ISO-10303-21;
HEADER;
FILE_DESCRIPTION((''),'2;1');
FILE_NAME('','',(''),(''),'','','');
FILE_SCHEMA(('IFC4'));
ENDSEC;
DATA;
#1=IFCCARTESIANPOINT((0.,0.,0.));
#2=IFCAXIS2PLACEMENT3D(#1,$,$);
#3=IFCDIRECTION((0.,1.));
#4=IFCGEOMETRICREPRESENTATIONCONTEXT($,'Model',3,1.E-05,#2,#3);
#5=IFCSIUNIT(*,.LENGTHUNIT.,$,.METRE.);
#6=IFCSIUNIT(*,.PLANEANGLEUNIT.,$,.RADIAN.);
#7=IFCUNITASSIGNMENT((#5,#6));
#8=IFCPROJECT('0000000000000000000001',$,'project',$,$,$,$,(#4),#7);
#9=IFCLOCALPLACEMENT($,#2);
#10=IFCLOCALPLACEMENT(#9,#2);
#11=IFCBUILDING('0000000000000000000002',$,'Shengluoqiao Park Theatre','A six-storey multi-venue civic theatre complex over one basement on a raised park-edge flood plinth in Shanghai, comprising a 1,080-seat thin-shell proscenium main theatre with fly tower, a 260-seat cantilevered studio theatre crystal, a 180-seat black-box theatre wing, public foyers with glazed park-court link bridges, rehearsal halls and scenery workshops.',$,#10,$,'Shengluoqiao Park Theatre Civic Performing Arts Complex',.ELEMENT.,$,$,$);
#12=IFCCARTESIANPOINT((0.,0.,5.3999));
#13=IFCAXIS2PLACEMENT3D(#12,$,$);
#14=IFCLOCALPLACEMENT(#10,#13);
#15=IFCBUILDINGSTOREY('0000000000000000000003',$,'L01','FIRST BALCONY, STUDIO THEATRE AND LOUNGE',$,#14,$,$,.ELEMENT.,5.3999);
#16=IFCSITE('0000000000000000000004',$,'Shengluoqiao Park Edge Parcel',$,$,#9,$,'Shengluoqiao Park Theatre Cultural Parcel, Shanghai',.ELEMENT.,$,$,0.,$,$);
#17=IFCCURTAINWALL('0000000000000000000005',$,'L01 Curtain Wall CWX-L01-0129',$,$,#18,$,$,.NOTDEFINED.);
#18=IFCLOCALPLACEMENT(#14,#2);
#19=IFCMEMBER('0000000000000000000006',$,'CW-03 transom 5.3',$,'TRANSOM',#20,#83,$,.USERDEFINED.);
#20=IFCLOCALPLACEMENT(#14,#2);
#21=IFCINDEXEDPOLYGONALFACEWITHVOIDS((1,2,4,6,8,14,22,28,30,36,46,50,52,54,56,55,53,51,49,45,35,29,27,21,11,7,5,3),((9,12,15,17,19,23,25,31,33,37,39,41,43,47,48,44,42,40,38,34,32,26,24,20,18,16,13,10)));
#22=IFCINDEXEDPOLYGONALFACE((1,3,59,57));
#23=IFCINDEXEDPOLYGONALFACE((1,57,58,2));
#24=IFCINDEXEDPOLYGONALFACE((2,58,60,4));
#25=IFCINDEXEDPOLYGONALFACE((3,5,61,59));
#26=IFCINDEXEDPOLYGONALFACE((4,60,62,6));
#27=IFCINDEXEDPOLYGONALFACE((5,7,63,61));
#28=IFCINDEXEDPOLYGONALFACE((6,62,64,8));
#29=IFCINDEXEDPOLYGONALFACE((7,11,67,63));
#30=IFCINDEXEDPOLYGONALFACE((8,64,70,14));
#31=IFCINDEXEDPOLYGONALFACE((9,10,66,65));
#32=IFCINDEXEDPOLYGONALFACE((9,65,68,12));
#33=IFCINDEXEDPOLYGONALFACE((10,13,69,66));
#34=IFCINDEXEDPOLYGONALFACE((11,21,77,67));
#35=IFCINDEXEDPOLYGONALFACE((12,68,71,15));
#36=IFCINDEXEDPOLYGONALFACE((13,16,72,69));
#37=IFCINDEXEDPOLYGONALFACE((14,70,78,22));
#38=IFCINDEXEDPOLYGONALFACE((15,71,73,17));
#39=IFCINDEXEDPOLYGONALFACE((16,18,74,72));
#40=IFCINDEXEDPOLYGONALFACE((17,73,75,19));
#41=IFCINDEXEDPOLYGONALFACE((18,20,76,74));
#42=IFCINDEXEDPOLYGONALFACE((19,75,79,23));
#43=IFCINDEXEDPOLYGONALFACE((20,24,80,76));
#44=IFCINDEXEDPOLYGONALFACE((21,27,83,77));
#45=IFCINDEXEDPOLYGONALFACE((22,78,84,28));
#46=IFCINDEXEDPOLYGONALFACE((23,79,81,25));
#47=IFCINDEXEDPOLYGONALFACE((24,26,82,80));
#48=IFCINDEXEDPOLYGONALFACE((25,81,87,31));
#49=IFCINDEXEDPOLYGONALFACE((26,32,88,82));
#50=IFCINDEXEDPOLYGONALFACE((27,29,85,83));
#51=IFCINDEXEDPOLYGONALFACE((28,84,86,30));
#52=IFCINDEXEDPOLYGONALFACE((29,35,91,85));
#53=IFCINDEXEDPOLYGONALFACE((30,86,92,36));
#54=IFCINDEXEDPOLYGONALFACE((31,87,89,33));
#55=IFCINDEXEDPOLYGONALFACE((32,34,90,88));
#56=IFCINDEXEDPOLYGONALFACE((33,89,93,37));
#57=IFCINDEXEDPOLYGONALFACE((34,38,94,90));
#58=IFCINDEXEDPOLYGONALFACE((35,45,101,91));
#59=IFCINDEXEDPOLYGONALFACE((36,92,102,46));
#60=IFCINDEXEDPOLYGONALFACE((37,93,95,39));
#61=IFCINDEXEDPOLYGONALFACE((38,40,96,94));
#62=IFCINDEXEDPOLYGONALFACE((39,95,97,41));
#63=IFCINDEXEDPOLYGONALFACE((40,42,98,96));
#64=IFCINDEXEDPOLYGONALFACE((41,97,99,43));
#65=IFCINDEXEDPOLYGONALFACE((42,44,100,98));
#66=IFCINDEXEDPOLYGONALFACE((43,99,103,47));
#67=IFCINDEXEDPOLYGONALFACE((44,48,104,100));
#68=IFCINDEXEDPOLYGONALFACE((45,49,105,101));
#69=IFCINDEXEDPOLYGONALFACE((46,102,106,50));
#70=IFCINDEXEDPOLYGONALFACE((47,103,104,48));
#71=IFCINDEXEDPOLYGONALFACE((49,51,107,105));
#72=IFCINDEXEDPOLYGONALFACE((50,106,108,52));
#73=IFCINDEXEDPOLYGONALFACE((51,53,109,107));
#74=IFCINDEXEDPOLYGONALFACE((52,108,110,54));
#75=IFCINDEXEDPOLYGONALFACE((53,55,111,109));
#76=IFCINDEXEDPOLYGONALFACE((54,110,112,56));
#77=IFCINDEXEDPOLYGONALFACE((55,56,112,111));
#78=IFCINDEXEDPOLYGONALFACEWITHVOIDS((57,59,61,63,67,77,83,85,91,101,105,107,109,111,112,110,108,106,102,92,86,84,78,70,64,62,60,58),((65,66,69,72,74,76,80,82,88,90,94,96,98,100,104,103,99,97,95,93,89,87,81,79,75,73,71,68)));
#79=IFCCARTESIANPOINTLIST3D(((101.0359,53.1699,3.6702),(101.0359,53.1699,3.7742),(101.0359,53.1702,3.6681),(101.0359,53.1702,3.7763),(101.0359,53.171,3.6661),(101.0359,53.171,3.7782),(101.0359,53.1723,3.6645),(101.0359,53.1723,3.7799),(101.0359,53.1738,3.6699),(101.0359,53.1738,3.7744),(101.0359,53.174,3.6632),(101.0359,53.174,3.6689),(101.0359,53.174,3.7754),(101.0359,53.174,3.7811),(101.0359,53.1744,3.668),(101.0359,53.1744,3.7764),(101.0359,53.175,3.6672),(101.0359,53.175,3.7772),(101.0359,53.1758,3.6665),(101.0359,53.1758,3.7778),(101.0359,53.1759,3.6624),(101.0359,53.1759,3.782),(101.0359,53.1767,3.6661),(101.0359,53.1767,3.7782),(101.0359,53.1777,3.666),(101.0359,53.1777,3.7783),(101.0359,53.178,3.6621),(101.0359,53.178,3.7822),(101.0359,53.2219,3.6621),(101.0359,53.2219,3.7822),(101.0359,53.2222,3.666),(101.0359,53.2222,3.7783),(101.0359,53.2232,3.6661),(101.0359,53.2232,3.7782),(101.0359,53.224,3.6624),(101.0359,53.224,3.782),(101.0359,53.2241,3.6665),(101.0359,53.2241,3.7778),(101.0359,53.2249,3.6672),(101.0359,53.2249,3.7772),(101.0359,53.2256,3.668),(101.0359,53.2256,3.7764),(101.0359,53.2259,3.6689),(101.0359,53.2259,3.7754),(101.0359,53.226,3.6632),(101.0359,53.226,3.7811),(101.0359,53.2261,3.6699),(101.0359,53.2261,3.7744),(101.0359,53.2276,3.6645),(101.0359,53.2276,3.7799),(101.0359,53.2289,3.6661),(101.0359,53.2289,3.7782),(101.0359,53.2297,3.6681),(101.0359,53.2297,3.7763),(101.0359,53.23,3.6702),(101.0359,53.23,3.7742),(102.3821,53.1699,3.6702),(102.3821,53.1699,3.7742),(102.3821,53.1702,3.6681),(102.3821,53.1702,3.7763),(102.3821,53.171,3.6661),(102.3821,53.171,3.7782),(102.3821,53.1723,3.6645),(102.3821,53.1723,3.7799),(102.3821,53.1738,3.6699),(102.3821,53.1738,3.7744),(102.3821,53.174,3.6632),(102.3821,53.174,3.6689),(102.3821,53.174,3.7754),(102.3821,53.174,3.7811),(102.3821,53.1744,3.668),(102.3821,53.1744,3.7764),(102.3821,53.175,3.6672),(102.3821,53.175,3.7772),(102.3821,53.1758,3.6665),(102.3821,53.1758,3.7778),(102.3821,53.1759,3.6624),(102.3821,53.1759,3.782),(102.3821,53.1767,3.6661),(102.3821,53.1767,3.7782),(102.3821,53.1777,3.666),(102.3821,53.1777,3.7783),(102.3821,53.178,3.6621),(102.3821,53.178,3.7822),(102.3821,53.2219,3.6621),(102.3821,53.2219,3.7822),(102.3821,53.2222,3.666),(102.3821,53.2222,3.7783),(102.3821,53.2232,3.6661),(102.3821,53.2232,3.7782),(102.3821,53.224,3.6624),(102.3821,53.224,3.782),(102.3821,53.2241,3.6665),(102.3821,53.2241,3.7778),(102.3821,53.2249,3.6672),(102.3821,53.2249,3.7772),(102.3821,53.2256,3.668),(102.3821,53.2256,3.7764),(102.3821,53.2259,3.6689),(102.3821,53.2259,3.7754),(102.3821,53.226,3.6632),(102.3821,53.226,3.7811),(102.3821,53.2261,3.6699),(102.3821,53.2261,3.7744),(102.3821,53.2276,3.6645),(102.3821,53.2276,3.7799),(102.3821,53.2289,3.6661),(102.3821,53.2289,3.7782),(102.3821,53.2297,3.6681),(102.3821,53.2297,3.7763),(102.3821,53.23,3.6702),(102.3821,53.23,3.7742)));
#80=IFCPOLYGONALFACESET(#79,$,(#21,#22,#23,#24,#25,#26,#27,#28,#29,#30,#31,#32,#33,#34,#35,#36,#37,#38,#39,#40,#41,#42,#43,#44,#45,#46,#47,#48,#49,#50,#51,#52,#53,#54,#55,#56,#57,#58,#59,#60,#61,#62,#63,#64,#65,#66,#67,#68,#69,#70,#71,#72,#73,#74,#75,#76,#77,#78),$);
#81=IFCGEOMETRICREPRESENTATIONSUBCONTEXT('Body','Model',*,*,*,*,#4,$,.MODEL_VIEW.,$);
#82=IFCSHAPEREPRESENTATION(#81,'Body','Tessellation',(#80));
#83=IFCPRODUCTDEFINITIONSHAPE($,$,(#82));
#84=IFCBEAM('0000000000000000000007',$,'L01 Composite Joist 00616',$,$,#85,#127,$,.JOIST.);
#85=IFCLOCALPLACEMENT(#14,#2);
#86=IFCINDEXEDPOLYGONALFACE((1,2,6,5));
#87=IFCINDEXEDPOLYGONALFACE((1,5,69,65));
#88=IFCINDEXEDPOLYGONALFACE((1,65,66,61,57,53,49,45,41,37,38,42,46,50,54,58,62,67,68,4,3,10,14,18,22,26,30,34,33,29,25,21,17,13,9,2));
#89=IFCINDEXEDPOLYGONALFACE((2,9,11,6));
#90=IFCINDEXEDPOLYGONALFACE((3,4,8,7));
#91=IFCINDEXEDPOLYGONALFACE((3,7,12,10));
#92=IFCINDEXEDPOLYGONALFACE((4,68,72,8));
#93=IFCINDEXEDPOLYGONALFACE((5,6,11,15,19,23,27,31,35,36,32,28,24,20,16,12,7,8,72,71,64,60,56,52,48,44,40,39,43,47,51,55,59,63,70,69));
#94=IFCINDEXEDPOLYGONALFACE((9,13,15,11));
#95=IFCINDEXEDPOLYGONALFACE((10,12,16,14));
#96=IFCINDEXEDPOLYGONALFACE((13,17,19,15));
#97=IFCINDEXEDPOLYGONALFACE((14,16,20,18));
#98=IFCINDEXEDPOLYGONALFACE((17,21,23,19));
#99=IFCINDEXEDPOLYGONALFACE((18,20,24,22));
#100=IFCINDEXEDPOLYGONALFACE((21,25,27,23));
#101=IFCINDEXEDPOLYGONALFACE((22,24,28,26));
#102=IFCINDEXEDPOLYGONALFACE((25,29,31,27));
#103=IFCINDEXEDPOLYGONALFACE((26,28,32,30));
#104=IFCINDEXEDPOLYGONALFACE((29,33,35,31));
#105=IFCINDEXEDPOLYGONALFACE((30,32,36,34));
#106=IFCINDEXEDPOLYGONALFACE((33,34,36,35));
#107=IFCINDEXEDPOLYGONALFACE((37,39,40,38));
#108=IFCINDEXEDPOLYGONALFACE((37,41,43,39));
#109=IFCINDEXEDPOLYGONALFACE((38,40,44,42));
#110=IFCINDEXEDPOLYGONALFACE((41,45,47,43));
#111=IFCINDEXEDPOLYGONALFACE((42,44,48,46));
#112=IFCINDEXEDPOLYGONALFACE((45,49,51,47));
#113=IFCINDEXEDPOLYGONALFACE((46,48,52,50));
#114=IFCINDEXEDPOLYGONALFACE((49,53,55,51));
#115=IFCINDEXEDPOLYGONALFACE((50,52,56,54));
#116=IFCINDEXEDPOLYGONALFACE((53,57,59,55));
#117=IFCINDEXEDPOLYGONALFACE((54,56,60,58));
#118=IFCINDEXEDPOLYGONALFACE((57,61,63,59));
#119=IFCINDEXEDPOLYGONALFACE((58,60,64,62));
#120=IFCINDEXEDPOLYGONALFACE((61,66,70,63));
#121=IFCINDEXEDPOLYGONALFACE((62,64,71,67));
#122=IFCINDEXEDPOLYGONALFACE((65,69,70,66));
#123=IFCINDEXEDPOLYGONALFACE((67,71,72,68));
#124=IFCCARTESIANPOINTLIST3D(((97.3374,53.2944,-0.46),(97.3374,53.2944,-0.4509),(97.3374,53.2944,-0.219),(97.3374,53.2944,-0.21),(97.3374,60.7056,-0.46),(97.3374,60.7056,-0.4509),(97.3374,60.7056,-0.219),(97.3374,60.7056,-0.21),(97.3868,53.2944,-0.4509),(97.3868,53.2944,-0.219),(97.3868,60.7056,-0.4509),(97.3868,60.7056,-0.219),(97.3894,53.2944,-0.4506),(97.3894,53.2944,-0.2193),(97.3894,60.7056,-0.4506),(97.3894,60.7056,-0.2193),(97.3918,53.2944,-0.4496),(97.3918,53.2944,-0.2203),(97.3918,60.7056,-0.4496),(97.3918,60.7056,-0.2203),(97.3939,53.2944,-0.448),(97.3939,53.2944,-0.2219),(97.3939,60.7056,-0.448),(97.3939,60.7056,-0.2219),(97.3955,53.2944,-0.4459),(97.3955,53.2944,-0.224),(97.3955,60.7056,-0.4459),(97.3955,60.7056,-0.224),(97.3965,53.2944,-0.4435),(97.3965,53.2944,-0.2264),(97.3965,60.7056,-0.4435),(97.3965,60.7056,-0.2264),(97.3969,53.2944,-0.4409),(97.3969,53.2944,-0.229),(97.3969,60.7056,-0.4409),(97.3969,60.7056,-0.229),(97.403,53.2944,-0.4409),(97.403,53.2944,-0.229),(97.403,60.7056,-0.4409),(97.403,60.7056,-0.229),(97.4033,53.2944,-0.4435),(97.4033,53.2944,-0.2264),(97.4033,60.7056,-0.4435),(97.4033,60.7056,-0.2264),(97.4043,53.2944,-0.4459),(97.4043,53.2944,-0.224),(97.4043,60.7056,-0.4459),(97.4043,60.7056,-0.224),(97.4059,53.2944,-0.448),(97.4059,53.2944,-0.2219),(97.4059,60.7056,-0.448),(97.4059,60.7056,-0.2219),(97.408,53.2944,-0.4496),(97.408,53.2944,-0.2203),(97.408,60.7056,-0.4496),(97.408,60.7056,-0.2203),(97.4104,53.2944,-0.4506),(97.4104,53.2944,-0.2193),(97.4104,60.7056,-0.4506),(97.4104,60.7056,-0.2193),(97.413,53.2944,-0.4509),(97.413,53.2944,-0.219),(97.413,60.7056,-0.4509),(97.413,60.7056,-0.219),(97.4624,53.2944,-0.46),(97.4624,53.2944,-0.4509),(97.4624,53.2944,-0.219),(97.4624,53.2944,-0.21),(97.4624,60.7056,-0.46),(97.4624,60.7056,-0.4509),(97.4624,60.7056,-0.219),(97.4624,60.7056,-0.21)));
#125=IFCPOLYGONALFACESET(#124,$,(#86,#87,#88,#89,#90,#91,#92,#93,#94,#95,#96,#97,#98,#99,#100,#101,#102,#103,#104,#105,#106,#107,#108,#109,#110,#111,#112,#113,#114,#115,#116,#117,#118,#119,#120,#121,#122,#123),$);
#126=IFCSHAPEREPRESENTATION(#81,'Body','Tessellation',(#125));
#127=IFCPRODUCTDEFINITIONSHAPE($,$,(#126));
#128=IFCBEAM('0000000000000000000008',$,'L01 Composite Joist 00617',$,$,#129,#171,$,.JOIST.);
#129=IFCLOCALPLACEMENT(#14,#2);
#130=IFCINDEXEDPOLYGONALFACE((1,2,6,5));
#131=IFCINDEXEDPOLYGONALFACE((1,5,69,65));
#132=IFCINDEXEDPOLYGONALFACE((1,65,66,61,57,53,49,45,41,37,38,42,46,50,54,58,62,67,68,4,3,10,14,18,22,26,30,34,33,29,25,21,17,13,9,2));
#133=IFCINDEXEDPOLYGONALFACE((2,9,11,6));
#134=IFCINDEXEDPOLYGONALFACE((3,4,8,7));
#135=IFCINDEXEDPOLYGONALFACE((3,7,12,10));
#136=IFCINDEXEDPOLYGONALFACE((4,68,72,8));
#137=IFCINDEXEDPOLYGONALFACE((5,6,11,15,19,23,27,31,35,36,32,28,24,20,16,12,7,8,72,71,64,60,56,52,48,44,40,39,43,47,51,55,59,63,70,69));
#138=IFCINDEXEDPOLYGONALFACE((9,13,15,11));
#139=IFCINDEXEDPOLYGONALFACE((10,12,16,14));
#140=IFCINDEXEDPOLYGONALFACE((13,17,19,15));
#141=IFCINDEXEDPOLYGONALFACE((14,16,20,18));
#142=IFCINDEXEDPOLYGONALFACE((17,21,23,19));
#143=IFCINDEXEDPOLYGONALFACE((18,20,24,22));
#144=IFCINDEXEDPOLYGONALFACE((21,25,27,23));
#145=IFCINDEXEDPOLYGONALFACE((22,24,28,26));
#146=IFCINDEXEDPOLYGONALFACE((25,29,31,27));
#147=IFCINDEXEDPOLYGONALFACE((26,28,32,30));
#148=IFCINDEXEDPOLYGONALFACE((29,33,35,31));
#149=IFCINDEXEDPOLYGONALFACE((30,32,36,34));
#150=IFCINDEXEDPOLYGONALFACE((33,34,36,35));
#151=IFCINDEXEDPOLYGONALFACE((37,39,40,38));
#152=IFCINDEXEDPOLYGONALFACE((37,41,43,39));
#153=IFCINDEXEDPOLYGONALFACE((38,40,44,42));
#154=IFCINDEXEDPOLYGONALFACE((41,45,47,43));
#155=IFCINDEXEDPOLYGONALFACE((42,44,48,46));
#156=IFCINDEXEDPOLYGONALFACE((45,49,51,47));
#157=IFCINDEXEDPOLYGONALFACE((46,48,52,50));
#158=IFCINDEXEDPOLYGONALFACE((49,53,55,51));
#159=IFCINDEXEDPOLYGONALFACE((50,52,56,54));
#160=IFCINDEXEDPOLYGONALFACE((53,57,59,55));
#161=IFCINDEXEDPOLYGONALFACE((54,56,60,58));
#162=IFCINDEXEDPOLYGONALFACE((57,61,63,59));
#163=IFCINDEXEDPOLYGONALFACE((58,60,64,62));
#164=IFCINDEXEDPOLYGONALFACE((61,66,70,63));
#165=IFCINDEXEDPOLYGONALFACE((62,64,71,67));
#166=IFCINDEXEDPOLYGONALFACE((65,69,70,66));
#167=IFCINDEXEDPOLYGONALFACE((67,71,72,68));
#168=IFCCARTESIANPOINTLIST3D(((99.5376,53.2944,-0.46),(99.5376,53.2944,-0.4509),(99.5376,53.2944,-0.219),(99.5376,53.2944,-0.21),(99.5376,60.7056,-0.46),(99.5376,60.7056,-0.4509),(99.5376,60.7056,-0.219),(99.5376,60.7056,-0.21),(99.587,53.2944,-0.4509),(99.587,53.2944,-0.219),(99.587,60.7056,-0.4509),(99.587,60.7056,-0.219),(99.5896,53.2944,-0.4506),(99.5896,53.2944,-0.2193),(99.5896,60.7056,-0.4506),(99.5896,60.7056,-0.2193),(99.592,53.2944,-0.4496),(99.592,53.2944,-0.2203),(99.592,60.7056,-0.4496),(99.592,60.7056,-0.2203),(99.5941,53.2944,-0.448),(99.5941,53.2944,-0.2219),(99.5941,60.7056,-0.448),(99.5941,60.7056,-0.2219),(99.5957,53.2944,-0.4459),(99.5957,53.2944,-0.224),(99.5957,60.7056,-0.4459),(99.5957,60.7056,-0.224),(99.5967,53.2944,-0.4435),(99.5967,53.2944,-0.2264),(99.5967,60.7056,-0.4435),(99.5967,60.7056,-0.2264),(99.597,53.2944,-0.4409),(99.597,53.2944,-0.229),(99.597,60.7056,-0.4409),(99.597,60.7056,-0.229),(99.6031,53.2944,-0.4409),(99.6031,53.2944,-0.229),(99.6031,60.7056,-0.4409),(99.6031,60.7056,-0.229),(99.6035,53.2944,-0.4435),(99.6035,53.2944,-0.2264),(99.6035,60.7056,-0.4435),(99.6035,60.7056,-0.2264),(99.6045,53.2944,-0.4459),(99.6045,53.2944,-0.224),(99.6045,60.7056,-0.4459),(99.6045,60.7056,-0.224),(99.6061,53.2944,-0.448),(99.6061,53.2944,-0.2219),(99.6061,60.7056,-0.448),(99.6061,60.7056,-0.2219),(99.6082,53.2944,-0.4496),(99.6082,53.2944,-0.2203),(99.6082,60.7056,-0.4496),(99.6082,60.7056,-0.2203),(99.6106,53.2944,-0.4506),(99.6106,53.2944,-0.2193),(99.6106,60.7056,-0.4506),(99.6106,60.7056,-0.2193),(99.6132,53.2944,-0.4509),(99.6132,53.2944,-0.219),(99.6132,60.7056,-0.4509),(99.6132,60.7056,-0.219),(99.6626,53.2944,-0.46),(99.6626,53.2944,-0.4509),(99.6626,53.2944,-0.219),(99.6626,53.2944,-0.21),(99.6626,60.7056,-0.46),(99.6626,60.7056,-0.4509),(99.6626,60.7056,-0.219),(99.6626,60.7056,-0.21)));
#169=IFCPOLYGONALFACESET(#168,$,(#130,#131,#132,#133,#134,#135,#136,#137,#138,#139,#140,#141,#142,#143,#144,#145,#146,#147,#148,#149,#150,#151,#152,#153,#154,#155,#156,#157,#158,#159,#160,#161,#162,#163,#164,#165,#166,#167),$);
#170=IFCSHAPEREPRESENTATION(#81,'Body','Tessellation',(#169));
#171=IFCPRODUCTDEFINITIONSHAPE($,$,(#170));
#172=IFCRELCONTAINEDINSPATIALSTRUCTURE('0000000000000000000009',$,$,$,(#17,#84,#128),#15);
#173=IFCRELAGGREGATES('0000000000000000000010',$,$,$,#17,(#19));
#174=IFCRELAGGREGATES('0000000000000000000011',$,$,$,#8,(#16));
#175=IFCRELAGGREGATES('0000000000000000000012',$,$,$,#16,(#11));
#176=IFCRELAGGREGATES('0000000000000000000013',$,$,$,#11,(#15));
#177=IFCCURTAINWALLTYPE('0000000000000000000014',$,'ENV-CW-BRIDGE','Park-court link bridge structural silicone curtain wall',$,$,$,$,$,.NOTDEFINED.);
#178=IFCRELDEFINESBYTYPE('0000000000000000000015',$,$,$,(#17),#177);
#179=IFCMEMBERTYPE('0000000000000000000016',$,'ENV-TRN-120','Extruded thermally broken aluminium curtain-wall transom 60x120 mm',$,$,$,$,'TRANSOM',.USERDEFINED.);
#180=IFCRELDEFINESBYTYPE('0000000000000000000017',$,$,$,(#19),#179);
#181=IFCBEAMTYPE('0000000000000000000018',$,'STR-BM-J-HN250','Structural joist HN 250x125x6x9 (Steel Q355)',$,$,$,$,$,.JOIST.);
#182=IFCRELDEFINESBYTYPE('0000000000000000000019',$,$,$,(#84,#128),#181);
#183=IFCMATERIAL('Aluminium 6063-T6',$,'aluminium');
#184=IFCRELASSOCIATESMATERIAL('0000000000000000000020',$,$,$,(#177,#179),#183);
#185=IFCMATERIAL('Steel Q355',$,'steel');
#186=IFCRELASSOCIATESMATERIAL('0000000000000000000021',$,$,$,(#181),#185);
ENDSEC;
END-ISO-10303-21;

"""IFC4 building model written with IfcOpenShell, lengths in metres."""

from ifc_helpers import new_model, si_unit, direction, frame, origin, origin_2d, place, context, subcontext, project, spatial, hollow_rectangle, i_section, extrude, material, material_profile, profile_set, type_object, element, aggregate, save


model = new_model("IFC4")

# Units and contexts
model_context = context("Model", 3, precision=1e-05, world=origin(), true_north=direction((0.0, 1.0)))
body_context = subcontext(model_context, "Body", "Model", "MODEL_VIEW")
ifc_project = project(units=[si_unit("LENGTHUNIT", "METRE"), si_unit("PLANEANGLEUNIT", "RADIAN")], contexts=[model_context])

# Site, building, storey
site_placement = place(None, origin())
site = spatial("IfcSite", under=ifc_project, at=site_placement, Name="Shengluoqiao Park Edge Parcel", LongName="Shengluoqiao Park Theatre Cultural Parcel, Shanghai", CompositionType="ELEMENT", RefElevation=0.0)
building_placement = place(site_placement, origin())
building = spatial("IfcBuilding", under=site, at=building_placement, Name="Shengluoqiao Park Theatre", Description="A six-storey multi-venue civic theatre complex over one basement on a raised park-edge flood plinth in Shanghai, comprising a 1,080-seat thin-shell proscenium main theatre with fly tower, a 260-seat cantilevered studio theatre crystal, a 180-seat black-box theatre wing, public foyers with glazed park-court link bridges, rehearsal halls and scenery workshops.", LongName="Shengluoqiao Park Theatre Civic Performing Arts Complex", CompositionType="ELEMENT")
storey_placement = place(building_placement, frame((0.0, 0.0, 5.3999)))
storey = spatial("IfcBuildingStorey", under=building, at=storey_placement, Name="L01", Description="FIRST BALCONY, STUDIO THEATRE AND LOUNGE", CompositionType="ELEMENT", Elevation=5.3999)

# Curtain wall, member
ifc_material_1 = material(Name="Aluminium 6063-T6", Category="aluminium")
curtain_wall_type = type_object("IfcCurtainWallType", Name="ENV-CW-BRIDGE", Description="Park-court link bridge structural silicone curtain wall", PredefinedType="NOTDEFINED", material=ifc_material_1)
curtain_wall_placement = place(storey_placement, origin())
curtain_wall = element("IfcCurtainWall", 1, at=curtain_wall_placement, inside=storey, type_object=curtain_wall_type, Name="L01 Curtain Wall CWX-L01-0129", PredefinedType="NOTDEFINED")
ifc_material_profile_1 = material_profile(ifc_material_1, hollow_rectangle(XDim=0.0601, YDim=0.1201, WallThickness=0.0039, InnerFilletRadius=0.0039, OuterFilletRadius=0.0081, at=origin_2d()), Name="ALU TRANSOM 120x60x4")
ifc_profile_set_1 = profile_set([ifc_material_profile_1], Name="Aluminium 6063-T6")
member_type_1 = type_object("IfcMemberType", Name="ENV-TRN-120", Description="Extruded thermally broken aluminium curtain-wall transom 60x120 mm", ElementType="TRANSOM", PredefinedType="USERDEFINED", material=ifc_profile_set_1)
member_1_placement = place(storey_placement, frame((101.0359, 53.2, 3.7222), z_axis=(1.0, 0.0, 0.0), x_axis=(0.0, 1.0, 0.0)))
member_1 = element("IfcMember", 2, at=member_1_placement, type_object=member_type_1, Name="CW-03 transom 5.3", ObjectType="TRANSOM", PredefinedType="USERDEFINED", context=body_context, shape_type="SweptSolid", body=[
    extrude(hollow_rectangle(XDim=0.0601, YDim=0.1201, WallThickness=0.0039, InnerFilletRadius=0.0039, OuterFilletRadius=0.0081, at=origin_2d()), origin(), (0.0, 0.0, 1.0), 1.3462),
])

# Beams
ifc_material_2 = material(Name="Steel Q355", Category="steel")
ifc_material_profile_2 = material_profile(ifc_material_2, i_section(OverallWidth=0.125, OverallDepth=0.25, WebThickness=0.0061, FlangeThickness=0.009, FilletRadius=0.01, at=origin_2d()), Name="HN 250x125x6x9")
ifc_profile_set_2 = profile_set([ifc_material_profile_2], Name="Steel Q355")
beam_type = type_object("IfcBeamType", Name="STR-BM-J-HN250", Description="Structural joist HN 250x125x6x9 (Steel Q355)", PredefinedType="JOIST", material=ifc_profile_set_2)
for number, where, z_axis, x_axis, name in (
    (3, (97.3999, 53.2944, -0.335), (0.0, 1.0, 0.0), (-1.0, 0.0, 0.0), "L01 Composite Joist 00616"),
    (4, (99.6001, 53.2944, -0.335), (0.0, 1.0, 0.0), (-1.0, 0.0, 0.0), "L01 Composite Joist 00617"),
):
    element("IfcBeam", number, at=place(storey_placement, frame(where, z_axis=z_axis, x_axis=x_axis)), inside=storey, type_object=beam_type, Name=name, PredefinedType="JOIST", context=body_context, shape_type="SweptSolid", body=[
        extrude(i_section(OverallWidth=0.125, OverallDepth=0.25, WebThickness=0.0061, FlangeThickness=0.009, FilletRadius=0.01, at=origin_2d()), origin(), (0.0, 0.0, 1.0), 7.4111),
    ])

aggregate(curtain_wall, [member_1])

save(model, "model.ifc")
